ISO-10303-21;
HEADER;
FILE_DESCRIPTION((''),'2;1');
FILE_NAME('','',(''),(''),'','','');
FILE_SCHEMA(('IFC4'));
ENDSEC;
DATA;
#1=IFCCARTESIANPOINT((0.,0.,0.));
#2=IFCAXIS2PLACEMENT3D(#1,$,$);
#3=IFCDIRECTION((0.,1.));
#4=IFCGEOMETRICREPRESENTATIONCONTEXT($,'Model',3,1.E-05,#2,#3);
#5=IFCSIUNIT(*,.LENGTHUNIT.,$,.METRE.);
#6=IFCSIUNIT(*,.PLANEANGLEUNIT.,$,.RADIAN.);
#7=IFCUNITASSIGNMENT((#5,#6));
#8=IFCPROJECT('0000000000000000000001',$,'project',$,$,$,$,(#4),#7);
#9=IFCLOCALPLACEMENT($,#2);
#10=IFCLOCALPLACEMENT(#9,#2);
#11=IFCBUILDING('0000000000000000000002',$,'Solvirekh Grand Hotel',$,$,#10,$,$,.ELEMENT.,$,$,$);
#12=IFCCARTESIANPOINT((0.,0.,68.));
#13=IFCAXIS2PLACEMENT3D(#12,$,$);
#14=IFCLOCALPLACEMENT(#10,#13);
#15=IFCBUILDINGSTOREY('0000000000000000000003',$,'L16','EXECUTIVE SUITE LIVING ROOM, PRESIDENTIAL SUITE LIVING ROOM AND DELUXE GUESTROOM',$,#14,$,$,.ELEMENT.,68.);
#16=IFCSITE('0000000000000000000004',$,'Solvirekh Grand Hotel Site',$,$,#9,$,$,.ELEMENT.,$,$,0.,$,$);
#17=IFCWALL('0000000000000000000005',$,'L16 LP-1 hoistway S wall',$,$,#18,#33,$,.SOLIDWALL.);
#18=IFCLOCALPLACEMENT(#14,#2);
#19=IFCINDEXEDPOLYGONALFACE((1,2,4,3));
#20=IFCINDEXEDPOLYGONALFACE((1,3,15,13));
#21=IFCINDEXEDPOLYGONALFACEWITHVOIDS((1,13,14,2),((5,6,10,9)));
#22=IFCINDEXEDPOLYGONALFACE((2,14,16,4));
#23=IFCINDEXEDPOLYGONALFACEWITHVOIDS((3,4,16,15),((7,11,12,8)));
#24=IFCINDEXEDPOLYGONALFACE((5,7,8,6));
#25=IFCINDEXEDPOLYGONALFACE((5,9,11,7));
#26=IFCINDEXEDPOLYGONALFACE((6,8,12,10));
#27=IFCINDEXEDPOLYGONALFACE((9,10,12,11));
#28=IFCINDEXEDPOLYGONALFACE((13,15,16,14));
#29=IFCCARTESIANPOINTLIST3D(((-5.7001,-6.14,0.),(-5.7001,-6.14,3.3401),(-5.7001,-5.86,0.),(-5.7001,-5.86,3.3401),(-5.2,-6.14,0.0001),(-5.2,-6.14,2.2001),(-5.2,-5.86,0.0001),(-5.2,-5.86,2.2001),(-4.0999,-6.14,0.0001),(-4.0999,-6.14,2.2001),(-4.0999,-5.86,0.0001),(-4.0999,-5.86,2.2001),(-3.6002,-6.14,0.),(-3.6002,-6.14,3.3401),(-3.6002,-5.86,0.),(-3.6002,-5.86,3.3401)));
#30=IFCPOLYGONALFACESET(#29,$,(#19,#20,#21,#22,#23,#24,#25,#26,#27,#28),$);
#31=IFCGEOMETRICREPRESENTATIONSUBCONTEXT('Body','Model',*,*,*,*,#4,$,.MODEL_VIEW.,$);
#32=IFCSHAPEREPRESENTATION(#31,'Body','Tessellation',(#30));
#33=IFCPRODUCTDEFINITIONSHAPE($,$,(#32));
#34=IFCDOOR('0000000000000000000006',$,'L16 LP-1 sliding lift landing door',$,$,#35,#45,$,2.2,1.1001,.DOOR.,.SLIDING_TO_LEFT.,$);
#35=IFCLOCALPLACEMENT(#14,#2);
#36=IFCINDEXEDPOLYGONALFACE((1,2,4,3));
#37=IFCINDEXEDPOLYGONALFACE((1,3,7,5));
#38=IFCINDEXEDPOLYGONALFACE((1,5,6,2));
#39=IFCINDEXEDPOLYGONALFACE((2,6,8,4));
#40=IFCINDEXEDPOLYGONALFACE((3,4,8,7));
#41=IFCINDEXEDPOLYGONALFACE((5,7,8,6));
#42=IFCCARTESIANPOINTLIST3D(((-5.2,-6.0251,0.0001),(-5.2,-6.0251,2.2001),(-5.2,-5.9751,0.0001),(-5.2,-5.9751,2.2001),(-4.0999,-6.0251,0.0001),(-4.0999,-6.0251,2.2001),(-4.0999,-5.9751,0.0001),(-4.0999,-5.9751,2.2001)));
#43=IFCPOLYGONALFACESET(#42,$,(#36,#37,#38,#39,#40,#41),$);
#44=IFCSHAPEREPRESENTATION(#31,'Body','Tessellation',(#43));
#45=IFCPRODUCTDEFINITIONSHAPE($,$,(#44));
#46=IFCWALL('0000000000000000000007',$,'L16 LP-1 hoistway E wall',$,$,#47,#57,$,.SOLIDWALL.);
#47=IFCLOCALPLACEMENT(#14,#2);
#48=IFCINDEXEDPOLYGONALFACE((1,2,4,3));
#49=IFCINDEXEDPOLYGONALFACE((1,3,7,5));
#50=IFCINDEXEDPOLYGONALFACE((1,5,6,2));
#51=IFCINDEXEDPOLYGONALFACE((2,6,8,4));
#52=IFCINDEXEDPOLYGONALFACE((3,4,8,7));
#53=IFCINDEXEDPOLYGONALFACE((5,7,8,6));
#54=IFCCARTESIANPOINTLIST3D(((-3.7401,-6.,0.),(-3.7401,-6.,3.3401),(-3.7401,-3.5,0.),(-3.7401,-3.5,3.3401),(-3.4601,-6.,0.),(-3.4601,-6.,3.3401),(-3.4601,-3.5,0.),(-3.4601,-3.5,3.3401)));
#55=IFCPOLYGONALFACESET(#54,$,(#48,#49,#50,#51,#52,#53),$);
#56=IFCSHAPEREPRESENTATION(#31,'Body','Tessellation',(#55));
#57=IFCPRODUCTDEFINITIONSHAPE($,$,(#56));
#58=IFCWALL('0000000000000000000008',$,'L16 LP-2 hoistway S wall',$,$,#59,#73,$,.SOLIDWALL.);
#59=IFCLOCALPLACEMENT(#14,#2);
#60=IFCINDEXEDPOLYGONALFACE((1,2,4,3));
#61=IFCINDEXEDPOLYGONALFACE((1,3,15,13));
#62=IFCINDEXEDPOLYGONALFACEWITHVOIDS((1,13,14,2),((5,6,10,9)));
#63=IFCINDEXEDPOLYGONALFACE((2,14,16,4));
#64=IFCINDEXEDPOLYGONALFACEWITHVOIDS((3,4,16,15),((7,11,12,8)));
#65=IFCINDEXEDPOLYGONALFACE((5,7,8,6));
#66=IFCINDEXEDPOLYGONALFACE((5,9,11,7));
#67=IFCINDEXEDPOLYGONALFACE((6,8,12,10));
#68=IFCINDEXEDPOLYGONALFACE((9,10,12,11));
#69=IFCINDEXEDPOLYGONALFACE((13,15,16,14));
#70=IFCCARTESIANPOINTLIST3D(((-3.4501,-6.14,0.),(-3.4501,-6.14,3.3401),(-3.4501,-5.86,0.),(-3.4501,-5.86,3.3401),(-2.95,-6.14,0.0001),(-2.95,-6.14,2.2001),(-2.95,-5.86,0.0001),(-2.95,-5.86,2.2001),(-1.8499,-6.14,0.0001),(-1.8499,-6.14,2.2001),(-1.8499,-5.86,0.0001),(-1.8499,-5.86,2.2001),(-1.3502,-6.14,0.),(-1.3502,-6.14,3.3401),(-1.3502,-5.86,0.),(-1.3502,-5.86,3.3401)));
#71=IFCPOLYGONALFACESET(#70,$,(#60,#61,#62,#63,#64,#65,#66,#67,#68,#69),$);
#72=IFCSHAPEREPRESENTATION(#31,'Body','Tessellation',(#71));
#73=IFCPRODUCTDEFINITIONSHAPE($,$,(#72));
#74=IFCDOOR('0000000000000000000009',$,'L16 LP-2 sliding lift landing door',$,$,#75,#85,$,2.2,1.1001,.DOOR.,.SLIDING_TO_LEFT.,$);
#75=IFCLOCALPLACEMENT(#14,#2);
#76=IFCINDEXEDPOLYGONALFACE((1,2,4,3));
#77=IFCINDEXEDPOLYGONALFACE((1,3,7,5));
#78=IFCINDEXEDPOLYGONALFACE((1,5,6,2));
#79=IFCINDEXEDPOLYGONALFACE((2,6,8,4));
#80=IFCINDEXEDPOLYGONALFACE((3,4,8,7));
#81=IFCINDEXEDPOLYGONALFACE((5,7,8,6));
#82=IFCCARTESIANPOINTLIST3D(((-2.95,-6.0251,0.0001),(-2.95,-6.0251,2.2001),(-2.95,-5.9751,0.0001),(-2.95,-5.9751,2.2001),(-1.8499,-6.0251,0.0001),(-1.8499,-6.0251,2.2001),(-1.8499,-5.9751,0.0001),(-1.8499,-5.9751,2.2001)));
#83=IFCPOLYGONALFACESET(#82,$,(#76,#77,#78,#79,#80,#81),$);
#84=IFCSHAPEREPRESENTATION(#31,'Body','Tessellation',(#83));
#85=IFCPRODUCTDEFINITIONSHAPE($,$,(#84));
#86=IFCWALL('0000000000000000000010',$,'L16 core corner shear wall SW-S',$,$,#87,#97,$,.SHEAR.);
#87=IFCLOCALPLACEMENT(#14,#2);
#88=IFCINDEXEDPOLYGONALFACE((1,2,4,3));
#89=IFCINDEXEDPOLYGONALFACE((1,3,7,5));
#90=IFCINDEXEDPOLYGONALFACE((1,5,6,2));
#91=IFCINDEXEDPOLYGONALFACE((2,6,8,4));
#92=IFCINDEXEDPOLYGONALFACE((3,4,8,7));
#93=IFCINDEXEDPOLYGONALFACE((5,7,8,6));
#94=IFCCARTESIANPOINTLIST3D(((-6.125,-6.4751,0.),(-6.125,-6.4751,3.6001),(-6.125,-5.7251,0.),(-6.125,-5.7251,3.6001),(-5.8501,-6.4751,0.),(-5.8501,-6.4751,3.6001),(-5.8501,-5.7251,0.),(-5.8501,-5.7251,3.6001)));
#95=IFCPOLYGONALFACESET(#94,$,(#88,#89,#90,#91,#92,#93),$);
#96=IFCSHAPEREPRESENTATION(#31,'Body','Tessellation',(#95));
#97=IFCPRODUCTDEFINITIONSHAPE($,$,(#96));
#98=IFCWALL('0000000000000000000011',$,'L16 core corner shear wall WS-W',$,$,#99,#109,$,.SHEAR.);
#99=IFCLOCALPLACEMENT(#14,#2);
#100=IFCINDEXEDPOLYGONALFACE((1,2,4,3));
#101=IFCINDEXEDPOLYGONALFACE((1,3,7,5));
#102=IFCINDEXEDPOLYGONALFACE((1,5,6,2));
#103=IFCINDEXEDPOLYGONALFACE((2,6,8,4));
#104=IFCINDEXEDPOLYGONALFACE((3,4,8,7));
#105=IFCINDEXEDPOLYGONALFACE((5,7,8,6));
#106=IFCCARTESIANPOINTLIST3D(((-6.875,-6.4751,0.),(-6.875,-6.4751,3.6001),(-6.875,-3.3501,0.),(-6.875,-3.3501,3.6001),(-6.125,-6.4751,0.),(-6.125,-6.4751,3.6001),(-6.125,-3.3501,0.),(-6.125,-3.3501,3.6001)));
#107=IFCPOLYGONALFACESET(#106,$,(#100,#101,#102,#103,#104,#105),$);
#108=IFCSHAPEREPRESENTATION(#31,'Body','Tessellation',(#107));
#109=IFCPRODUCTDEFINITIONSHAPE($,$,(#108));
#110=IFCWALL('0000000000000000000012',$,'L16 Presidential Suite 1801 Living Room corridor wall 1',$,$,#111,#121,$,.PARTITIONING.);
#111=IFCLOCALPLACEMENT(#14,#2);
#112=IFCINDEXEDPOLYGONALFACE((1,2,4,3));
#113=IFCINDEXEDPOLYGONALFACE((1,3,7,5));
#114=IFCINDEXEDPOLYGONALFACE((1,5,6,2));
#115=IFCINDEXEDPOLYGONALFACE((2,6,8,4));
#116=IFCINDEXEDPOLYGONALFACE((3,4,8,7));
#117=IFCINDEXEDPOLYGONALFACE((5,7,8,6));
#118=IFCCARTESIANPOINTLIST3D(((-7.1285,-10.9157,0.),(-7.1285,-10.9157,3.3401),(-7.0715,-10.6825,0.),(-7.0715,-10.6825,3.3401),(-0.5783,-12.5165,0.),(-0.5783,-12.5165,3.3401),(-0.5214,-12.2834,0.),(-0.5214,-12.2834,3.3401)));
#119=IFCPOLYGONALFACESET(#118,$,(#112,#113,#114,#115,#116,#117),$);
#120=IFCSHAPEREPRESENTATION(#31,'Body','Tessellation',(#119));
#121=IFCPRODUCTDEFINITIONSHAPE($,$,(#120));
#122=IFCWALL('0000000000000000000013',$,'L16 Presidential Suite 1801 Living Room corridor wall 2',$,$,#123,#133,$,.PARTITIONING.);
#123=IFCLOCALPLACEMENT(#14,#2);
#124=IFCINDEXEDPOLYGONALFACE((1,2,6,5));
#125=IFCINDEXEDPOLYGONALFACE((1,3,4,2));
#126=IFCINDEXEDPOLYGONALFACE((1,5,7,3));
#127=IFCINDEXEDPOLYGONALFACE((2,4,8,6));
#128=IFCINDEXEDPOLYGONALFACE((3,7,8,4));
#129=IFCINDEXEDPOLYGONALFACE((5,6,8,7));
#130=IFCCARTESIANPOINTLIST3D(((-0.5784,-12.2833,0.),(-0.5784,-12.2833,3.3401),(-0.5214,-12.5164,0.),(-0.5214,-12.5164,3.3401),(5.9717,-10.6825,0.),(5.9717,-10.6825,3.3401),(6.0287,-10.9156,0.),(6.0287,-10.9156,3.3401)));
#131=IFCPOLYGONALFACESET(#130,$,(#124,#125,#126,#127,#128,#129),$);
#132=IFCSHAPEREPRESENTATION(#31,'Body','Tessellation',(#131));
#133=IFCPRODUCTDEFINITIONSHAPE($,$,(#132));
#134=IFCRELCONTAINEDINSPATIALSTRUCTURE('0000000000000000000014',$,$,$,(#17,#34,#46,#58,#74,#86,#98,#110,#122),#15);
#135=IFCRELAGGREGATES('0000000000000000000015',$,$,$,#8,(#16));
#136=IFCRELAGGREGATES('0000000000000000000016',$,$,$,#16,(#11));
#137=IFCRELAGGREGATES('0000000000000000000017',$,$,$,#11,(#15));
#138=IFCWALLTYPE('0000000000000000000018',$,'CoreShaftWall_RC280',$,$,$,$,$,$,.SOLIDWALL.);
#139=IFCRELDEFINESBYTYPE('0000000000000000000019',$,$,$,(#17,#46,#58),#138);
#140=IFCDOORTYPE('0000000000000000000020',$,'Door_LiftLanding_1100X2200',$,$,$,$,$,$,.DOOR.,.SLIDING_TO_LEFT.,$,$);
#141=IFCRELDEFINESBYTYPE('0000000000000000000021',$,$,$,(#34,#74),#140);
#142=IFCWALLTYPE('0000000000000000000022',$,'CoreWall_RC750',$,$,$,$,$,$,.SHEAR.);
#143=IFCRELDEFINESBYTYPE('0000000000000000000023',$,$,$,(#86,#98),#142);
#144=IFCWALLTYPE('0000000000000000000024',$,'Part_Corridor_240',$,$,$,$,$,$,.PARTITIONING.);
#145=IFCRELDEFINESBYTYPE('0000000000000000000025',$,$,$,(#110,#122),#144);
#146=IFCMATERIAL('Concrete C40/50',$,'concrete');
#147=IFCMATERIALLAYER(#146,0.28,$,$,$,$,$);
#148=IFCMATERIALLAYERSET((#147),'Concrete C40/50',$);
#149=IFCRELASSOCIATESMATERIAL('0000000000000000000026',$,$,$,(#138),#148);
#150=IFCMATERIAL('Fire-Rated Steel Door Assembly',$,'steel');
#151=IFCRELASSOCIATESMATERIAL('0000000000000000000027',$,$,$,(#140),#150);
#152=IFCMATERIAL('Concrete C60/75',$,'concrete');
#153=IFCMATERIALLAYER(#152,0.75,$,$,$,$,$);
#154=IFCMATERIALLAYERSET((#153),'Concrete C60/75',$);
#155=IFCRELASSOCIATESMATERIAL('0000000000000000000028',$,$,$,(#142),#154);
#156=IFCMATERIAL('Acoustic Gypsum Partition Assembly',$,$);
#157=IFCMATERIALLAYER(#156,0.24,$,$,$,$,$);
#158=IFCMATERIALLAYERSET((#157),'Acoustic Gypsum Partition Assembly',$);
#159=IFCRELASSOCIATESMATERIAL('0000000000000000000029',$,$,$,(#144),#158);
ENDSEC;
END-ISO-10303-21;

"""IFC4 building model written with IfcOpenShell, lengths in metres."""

from ifc_helpers import new_model, si_unit, direction, frame, frame_2d, origin, place, context, subcontext, project, spatial, rectangle, extrude, material, layer, layer_set, type_object, element, fill, save


model = new_model("IFC4")

# Units and contexts
model_context = context("Model", 3, precision=1e-05, world=origin(), true_north=direction((0.0, 1.0)))
body_context = subcontext(model_context, "Body", "Model", "MODEL_VIEW")
ifc_project = project(units=[si_unit("LENGTHUNIT", "METRE"), si_unit("PLANEANGLEUNIT", "RADIAN")], contexts=[model_context])

# Site, building, storey
site_placement = place(None, origin())
site = spatial("IfcSite", under=ifc_project, at=site_placement, Name="Solvirekh Grand Hotel Site", CompositionType="ELEMENT", RefElevation=0.0)
building_placement = place(site_placement, origin())
building = spatial("IfcBuilding", under=site, at=building_placement, Name="Solvirekh Grand Hotel", CompositionType="ELEMENT")
storey_placement = place(building_placement, frame((0.0, 0.0, 68.0)))
storey = spatial("IfcBuildingStorey", under=building, at=storey_placement, Name="L16", Description="EXECUTIVE SUITE LIVING ROOM, PRESIDENTIAL SUITE LIVING ROOM AND DELUXE GUESTROOM", CompositionType="ELEMENT", Elevation=68.0)

# Shared definitions
ifc_material_1 = material(Name="Concrete C60/75", Category="concrete")

# Wall, opening, door
ifc_material_2 = material(Name="Concrete C40/50", Category="concrete")
ifc_layer_1 = layer(ifc_material_2, 0.28)
ifc_layer_set_1 = layer_set([ifc_layer_1], Name="Concrete C40/50")
wall_type_1 = type_object("IfcWallType", Name="CoreShaftWall_RC280", PredefinedType="SOLIDWALL", material=ifc_layer_set_1)
wall_1_placement = place(storey_placement, frame((-5.7, -6.0, 0.0), z_axis=(0.0, 0.0, 1.0), x_axis=(1.0, 0.0, 0.0)))
wall_1 = element("IfcWall", 1, at=wall_1_placement, inside=storey, type_object=wall_type_1, Name="L16 LP-1 hoistway S wall", PredefinedType="SOLIDWALL", context=body_context, shape_type="SweptSolid", body=[
    extrude(rectangle(XDim=2.0999, YDim=0.28, at=frame_2d((1.0498, 0.0))), origin(), (0.0, 0.0, 1.0), 3.3401),
])
opening_1_placement = place(wall_1_placement, frame((0.5, 0.0, 0.0)))
opening_1 = element("IfcOpeningElement", 2, at=opening_1_placement, cuts=wall_1, PredefinedType="OPENING", context=body_context, shape_type="SweptSolid", body=[
    extrude(rectangle(XDim=1.1001, YDim=2.2, at=frame_2d((0.55, 1.1001))), frame((0.0, 0.1499, 0.0), z_axis=(0.0, -1.0, 0.0), x_axis=(1.0, 0.0, 0.0)), (0.0, 0.0, 1.0), 0.3),
])
ifc_material_3 = material(Name="Fire-Rated Steel Door Assembly", Category="steel")
door_type = type_object("IfcDoorType", Name="Door_LiftLanding_1100X2200", OperationType="SLIDING_TO_LEFT", PredefinedType="DOOR", material=ifc_material_3)
door_1_placement = place(opening_1_placement, origin())
door_1 = element("IfcDoor", 3, at=door_1_placement, inside=storey, type_object=door_type, Name="L16 LP-1 sliding lift landing door", OperationType="SLIDING_TO_LEFT", OverallHeight=2.2, OverallWidth=1.1001, PredefinedType="DOOR", context=body_context, shape_type="SweptSolid", body=[
    extrude(rectangle(XDim=1.1001, YDim=2.2, at=frame_2d((0.55, 1.1001))), frame((0.0, 0.0249, 0.0), z_axis=(0.0, -1.0, 0.0), x_axis=(1.0, 0.0, 0.0)), (0.0, 0.0, 1.0), 0.05),
])
fill(opening_1, door_1)

# Wall
wall_2_placement = place(storey_placement, frame((-3.6001, -6.0, 0.0), z_axis=(0.0, 0.0, 1.0), x_axis=(0.0, 1.0, 0.0)))
element("IfcWall", 4, at=wall_2_placement, inside=storey, type_object=wall_type_1, Name="L16 LP-1 hoistway E wall", PredefinedType="SOLIDWALL", context=body_context, shape_type="SweptSolid", body=[
    extrude(rectangle(XDim=2.5, YDim=0.28, at=frame_2d((1.25, 0.0))), origin(), (0.0, 0.0, 1.0), 3.3401),
])

# Wall, opening, door
wall_3_placement = place(storey_placement, frame((-3.45, -6.0, 0.0), z_axis=(0.0, 0.0, 1.0), x_axis=(1.0, 0.0, 0.0)))
wall_3 = element("IfcWall", 5, at=wall_3_placement, inside=storey, type_object=wall_type_1, Name="L16 LP-2 hoistway S wall", PredefinedType="SOLIDWALL", context=body_context, shape_type="SweptSolid", body=[
    extrude(rectangle(XDim=2.0999, YDim=0.28, at=frame_2d((1.0498, 0.0))), origin(), (0.0, 0.0, 1.0), 3.3401),
])
opening_2_placement = place(wall_3_placement, frame((0.5, 0.0, 0.0)))
opening_2 = element("IfcOpeningElement", 6, at=opening_2_placement, cuts=wall_3, PredefinedType="OPENING", context=body_context, shape_type="SweptSolid", body=[
    extrude(rectangle(XDim=1.1001, YDim=2.2, at=frame_2d((0.55, 1.1001))), frame((0.0, 0.1499, 0.0), z_axis=(0.0, -1.0, 0.0), x_axis=(1.0, 0.0, 0.0)), (0.0, 0.0, 1.0), 0.3),
])
door_2_placement = place(opening_2_placement, origin())
door_2 = element("IfcDoor", 7, at=door_2_placement, inside=storey, type_object=door_type, Name="L16 LP-2 sliding lift landing door", OperationType="SLIDING_TO_LEFT", OverallHeight=2.2, OverallWidth=1.1001, PredefinedType="DOOR", context=body_context, shape_type="SweptSolid", body=[
    extrude(rectangle(XDim=1.1001, YDim=2.2, at=frame_2d((0.55, 1.1001))), frame((0.0, 0.0249, 0.0), z_axis=(0.0, -1.0, 0.0), x_axis=(1.0, 0.0, 0.0)), (0.0, 0.0, 1.0), 0.05),
])
fill(opening_2, door_2)

# Walls
ifc_layer_2 = layer(ifc_material_1, 0.75)
ifc_layer_set_2 = layer_set([ifc_layer_2], Name="Concrete C60/75")
wall_type_2 = type_object("IfcWallType", Name="CoreWall_RC750", PredefinedType="SHEAR", material=ifc_layer_set_2)
wall_4_placement = place(storey_placement, frame((-6.125, -6.1001, 0.0), z_axis=(0.0, 0.0, 1.0), x_axis=(1.0, 0.0, 0.0)))
element("IfcWall", 8, at=wall_4_placement, inside=storey, type_object=wall_type_2, Name="L16 core corner shear wall SW-S", PredefinedType="SHEAR", context=body_context, shape_type="SweptSolid", body=[
    extrude(rectangle(XDim=0.2749, YDim=0.75, at=frame_2d((0.1375, 0.0))), origin(), (0.0, 0.0, 1.0), 3.6001),
])
wall_5_placement = place(storey_placement, frame((-6.5, -6.4751, 0.0), z_axis=(0.0, 0.0, 1.0), x_axis=(0.0, 1.0, 0.0)))
element("IfcWall", 9, at=wall_5_placement, inside=storey, type_object=wall_type_2, Name="L16 core corner shear wall WS-W", PredefinedType="SHEAR", context=body_context, shape_type="SweptSolid", body=[
    extrude(rectangle(XDim=3.125, YDim=0.75, at=frame_2d((1.5625, 0.0))), origin(), (0.0, 0.0, 1.0), 3.6001),
])
ifc_material_4 = material(Name="Acoustic Gypsum Partition Assembly")
ifc_layer_3 = layer(ifc_material_4, 0.24)
ifc_layer_set_3 = layer_set([ifc_layer_3], Name="Acoustic Gypsum Partition Assembly")
wall_type_3 = type_object("IfcWallType", Name="Part_Corridor_240", PredefinedType="PARTITIONING", material=ifc_layer_set_3)
for number, where, z_axis, x_axis, name in (
    (10, (-7.1001, -10.7991, 0.0), (0.0, 0.0, 1.0), (0.971409, -0.237412, 0.0), "L16 Presidential Suite 1801 Living Room corridor wall 1"),
    (11, (-0.55, -12.3999, 0.0), (0.0, 0.0, 1.0), (0.971409, 0.237412, 0.0), "L16 Presidential Suite 1801 Living Room corridor wall 2"),
):
    element("IfcWall", number, at=place(storey_placement, frame(where, z_axis=z_axis, x_axis=x_axis)), inside=storey, type_object=wall_type_3, Name=name, PredefinedType="PARTITIONING", context=body_context, shape_type="SweptSolid", body=[
        extrude(rectangle(XDim=6.7429, YDim=0.24, at=frame_2d((3.3716, 0.0))), origin(), (0.0, 0.0, 1.0), 3.3401),
    ])

save(model, "model.ifc")
